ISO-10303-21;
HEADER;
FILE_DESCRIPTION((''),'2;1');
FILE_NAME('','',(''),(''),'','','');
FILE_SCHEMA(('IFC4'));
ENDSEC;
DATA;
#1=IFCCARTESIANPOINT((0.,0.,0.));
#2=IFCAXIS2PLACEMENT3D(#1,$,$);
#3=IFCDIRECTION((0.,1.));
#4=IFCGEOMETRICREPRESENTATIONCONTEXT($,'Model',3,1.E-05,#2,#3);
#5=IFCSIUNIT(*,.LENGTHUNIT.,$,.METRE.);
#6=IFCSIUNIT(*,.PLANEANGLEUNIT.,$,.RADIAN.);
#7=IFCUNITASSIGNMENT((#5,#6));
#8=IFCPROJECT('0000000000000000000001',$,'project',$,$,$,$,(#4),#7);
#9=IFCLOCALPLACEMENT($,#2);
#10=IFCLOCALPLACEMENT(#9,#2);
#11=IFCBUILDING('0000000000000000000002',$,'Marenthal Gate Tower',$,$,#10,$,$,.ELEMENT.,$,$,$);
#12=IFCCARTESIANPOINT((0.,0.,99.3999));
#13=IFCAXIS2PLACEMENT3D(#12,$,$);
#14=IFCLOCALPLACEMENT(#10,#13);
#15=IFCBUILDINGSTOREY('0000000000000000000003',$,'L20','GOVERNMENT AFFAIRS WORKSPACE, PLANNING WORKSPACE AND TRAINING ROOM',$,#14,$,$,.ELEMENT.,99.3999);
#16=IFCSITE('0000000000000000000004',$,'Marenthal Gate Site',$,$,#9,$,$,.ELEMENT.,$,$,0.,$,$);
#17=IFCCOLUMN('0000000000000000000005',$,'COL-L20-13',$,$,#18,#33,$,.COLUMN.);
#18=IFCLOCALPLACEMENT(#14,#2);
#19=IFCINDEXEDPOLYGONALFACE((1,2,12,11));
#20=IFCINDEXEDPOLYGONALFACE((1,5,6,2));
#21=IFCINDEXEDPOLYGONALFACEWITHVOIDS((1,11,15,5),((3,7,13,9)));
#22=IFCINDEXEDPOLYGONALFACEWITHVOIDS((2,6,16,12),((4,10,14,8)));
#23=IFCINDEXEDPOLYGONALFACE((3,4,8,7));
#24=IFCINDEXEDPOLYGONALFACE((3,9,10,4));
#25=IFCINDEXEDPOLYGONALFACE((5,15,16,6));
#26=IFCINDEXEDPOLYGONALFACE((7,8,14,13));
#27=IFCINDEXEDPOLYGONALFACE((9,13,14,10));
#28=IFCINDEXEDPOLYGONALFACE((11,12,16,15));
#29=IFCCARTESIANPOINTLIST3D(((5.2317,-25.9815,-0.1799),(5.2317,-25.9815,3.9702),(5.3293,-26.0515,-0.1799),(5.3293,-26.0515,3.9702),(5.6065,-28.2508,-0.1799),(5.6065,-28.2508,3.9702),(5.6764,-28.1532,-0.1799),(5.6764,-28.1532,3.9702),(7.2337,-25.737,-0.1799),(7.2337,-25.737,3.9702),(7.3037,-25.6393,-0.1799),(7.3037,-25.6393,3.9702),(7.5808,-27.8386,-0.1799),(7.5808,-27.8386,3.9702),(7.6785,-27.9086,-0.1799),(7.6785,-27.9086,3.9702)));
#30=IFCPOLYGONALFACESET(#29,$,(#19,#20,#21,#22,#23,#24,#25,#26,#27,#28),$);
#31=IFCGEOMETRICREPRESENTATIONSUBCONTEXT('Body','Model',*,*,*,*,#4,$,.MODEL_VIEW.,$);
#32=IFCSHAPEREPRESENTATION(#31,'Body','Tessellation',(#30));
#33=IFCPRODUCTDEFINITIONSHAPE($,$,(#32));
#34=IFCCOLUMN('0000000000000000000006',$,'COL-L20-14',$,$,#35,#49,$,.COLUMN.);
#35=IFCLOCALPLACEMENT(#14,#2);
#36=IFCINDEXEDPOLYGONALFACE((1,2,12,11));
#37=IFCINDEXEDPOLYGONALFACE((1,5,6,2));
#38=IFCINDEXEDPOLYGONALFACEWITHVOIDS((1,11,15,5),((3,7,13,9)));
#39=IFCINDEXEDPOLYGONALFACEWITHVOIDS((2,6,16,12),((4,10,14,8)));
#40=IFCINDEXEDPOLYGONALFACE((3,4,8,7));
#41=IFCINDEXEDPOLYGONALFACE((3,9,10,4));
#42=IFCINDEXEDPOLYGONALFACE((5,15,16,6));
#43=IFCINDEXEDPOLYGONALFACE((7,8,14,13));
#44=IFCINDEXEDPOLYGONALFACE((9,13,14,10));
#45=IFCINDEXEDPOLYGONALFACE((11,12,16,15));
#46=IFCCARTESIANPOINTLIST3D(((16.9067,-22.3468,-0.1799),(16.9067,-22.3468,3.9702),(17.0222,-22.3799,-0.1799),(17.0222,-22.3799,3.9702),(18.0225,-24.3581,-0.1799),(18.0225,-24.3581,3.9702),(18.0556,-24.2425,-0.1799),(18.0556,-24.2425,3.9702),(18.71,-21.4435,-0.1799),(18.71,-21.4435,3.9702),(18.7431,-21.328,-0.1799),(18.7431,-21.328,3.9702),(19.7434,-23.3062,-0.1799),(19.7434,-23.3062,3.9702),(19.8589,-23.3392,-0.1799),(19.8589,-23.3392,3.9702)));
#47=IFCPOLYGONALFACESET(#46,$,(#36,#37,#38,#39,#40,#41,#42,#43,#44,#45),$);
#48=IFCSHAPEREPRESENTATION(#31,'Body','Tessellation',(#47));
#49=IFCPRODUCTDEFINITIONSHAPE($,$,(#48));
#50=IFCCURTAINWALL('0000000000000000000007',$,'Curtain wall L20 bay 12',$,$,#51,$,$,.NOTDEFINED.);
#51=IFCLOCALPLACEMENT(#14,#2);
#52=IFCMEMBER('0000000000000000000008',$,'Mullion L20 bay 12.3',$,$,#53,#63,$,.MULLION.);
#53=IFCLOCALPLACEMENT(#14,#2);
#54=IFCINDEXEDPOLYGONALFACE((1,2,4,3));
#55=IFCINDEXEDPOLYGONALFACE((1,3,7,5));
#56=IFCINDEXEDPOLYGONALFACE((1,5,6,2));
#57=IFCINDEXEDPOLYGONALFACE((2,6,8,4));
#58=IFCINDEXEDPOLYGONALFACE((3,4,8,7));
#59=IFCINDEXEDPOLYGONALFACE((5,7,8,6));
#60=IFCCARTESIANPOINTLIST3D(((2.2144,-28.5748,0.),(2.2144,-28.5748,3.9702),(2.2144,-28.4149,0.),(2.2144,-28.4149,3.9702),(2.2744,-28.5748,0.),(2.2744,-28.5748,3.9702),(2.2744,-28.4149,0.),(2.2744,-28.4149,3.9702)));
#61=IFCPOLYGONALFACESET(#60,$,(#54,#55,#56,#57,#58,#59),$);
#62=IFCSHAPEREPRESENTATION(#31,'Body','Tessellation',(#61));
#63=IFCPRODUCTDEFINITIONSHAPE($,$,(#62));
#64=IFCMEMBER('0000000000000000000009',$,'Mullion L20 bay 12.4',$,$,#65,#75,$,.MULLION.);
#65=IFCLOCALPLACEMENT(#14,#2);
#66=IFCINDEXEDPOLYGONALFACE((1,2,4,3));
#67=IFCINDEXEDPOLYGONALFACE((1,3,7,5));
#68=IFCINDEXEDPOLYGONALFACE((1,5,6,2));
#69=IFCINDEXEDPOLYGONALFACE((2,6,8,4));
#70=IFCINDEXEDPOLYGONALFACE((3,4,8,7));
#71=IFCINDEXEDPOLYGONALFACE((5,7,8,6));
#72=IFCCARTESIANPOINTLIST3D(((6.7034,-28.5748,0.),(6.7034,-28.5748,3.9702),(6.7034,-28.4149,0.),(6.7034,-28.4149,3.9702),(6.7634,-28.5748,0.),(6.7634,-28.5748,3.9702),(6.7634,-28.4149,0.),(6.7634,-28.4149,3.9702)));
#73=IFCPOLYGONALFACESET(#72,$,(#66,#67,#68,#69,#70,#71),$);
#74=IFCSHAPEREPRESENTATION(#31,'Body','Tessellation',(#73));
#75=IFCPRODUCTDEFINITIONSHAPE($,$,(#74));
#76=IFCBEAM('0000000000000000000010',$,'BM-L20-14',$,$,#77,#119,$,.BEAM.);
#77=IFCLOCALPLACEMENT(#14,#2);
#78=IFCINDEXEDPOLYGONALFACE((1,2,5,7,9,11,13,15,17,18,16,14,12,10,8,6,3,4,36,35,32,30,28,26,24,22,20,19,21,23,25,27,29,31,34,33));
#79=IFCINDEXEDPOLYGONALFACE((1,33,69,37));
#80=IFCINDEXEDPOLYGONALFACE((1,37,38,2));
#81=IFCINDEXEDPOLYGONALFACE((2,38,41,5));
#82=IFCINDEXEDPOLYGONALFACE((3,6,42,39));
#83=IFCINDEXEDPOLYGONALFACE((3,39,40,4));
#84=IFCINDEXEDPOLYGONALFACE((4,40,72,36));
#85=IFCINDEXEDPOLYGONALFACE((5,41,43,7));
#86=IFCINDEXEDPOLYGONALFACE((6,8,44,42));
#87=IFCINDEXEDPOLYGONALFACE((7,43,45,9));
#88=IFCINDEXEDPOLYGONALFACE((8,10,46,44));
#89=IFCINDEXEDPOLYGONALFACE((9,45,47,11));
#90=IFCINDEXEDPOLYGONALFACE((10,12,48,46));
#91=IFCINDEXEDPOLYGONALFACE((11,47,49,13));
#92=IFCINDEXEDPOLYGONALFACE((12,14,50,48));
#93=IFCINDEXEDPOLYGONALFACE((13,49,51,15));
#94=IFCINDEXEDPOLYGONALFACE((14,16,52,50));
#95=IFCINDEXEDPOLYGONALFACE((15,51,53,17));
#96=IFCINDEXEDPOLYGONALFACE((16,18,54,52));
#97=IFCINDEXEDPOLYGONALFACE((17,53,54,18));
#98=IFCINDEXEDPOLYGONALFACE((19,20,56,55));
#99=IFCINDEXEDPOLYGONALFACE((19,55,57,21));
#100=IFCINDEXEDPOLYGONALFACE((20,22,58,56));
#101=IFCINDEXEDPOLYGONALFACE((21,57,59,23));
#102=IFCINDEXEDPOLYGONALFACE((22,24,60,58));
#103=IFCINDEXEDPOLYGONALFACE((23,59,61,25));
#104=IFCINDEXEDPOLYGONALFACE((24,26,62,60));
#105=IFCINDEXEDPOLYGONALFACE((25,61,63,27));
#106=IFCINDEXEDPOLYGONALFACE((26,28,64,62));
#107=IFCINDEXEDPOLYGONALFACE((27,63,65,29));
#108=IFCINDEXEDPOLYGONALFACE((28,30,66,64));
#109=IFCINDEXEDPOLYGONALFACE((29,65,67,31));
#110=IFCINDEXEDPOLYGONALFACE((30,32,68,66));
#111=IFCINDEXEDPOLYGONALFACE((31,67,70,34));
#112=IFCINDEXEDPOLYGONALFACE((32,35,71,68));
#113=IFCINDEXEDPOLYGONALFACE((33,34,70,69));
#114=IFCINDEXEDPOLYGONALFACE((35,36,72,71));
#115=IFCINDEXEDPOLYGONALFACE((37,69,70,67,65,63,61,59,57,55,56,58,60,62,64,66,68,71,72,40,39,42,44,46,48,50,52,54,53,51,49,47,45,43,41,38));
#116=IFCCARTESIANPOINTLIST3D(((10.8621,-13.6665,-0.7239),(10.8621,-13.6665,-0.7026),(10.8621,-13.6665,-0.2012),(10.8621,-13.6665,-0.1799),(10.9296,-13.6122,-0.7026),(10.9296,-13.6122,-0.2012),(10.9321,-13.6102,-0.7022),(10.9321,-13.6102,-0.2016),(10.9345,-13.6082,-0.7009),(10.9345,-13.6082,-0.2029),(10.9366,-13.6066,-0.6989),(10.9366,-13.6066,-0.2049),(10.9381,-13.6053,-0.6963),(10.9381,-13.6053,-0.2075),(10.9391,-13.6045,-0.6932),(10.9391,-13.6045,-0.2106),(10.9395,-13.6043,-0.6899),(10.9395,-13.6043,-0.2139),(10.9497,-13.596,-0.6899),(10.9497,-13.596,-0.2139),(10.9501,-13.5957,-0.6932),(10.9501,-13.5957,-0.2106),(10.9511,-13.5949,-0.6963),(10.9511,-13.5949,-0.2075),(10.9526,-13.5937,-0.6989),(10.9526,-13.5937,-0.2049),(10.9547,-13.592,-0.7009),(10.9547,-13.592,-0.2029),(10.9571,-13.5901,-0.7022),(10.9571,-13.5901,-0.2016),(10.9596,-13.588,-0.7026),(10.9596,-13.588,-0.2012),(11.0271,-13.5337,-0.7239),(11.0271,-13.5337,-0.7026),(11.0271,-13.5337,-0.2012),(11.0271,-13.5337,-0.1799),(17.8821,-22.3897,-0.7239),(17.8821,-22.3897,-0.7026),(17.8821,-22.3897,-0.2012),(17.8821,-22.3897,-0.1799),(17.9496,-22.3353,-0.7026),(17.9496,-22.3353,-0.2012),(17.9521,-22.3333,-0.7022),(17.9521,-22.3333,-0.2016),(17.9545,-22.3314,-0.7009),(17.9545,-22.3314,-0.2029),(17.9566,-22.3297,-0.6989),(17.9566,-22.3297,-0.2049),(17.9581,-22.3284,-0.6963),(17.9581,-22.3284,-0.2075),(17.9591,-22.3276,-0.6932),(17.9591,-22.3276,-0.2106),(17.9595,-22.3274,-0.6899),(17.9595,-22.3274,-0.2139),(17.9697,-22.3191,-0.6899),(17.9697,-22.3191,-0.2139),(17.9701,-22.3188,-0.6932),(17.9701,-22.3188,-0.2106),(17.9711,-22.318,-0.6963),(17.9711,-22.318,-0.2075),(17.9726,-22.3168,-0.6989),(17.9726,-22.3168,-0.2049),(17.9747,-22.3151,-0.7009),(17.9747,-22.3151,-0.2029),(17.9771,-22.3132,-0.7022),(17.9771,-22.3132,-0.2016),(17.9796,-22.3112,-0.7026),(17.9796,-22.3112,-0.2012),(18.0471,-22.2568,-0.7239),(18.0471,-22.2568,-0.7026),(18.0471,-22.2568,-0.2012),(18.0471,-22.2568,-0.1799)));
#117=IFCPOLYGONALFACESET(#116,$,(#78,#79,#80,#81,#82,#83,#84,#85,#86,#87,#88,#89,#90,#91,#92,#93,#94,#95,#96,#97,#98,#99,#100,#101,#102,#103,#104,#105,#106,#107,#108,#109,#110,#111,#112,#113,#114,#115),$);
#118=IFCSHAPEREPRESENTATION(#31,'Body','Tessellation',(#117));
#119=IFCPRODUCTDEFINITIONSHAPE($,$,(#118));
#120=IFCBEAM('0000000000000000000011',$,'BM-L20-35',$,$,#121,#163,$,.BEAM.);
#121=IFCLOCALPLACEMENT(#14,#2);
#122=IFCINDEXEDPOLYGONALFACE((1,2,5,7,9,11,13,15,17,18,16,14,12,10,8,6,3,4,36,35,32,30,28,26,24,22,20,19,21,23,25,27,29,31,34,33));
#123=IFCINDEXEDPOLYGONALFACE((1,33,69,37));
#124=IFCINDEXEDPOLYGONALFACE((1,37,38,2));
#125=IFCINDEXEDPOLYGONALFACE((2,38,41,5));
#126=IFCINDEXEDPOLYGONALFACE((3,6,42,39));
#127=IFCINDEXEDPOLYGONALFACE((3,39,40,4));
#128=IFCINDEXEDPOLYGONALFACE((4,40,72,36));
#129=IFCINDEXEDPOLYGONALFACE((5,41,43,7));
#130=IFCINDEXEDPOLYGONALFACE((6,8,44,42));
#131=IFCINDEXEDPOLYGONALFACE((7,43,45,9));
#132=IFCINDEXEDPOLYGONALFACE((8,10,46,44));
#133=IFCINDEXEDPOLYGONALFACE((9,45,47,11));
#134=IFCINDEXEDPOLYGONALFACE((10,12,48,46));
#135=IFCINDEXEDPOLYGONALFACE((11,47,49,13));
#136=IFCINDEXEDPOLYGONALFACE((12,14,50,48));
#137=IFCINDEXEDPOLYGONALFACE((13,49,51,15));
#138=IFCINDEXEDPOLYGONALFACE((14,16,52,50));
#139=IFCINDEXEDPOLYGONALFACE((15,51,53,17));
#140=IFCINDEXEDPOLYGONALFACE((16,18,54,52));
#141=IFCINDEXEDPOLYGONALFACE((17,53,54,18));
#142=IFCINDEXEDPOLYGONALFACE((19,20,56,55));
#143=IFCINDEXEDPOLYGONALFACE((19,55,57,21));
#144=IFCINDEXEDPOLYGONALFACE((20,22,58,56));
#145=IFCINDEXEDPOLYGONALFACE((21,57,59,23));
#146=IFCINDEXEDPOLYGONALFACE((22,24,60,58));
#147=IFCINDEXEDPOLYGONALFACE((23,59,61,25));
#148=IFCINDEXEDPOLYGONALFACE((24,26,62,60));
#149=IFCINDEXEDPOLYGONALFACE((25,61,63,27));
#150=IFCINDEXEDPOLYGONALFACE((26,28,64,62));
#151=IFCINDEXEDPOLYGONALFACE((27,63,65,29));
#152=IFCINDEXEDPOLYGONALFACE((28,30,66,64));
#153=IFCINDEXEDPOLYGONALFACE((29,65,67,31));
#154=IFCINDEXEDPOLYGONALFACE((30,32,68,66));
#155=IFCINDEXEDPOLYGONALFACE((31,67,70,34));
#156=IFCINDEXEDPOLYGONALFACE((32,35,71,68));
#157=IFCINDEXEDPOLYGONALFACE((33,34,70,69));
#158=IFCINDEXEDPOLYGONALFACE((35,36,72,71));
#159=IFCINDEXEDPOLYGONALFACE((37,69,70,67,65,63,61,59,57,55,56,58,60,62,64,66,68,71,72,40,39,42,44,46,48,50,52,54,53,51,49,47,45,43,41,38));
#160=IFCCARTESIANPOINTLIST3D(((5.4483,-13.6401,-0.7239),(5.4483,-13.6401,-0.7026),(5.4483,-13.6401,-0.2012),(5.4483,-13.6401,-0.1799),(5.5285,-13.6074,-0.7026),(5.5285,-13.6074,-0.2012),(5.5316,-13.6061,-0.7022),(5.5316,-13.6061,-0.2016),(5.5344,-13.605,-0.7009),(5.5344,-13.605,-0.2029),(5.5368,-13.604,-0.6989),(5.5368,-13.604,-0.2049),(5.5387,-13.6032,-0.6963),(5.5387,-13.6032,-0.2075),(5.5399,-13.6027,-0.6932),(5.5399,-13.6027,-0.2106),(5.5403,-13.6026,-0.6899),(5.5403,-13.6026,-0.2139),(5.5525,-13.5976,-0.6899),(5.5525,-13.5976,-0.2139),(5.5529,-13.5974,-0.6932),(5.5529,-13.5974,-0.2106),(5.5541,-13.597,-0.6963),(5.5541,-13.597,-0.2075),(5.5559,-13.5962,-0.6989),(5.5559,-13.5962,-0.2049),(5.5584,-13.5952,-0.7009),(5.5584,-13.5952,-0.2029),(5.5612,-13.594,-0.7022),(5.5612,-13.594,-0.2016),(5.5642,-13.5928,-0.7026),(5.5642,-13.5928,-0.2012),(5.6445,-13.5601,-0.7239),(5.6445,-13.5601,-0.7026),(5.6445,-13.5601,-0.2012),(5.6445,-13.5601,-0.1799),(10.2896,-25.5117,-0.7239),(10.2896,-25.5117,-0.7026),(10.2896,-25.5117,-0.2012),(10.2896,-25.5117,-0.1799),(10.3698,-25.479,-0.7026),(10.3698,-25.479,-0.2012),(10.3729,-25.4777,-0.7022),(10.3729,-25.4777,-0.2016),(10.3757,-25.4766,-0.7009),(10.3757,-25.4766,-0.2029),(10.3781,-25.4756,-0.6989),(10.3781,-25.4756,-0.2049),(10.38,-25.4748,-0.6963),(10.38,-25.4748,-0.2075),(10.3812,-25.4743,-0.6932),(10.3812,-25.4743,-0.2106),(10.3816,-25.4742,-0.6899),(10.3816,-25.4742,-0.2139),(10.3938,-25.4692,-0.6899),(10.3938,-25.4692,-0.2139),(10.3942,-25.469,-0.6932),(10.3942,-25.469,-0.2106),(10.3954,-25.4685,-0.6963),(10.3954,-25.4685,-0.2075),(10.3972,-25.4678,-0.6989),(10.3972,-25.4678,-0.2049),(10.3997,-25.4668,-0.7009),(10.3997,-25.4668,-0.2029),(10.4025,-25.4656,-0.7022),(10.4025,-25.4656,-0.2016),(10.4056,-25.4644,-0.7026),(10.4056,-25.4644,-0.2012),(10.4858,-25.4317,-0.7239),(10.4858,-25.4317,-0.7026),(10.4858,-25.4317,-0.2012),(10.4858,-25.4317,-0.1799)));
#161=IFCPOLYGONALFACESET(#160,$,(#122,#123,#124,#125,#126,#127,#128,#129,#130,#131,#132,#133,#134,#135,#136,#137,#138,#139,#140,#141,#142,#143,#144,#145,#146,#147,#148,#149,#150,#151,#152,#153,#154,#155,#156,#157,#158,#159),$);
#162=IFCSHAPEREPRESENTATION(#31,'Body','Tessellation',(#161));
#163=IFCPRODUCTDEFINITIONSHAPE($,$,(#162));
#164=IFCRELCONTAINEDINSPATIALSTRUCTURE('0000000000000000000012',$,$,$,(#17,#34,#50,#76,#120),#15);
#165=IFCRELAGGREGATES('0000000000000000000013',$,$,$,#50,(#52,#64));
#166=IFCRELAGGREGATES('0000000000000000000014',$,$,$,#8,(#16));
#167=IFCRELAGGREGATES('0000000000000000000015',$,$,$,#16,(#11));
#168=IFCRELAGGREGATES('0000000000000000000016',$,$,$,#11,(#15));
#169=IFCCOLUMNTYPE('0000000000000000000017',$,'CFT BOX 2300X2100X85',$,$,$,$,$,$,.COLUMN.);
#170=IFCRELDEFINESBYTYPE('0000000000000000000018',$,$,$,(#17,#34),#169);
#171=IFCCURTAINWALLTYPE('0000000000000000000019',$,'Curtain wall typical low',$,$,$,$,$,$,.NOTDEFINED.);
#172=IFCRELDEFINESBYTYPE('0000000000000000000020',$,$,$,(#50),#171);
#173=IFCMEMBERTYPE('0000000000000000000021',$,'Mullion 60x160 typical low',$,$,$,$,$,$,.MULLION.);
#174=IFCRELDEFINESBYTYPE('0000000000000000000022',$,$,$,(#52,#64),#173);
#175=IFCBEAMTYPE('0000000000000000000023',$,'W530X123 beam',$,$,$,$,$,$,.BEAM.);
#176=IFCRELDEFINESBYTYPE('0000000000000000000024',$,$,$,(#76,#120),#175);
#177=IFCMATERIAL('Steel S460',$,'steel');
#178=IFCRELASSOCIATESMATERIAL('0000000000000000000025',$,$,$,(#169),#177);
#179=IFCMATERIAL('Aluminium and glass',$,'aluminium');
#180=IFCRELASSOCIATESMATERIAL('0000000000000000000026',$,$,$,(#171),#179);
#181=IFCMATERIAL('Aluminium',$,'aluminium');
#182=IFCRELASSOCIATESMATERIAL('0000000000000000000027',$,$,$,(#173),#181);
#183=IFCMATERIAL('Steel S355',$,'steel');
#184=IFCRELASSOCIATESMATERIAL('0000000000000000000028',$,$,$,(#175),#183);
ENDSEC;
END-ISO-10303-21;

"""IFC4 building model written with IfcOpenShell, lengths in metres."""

from ifc_helpers import new_model, si_unit, direction, frame, origin, origin_2d, place, context, subcontext, project, spatial, rectangle, hollow_rectangle, i_section, extrude, material, material_profile, profile_set, type_object, element, aggregate, save


model = new_model("IFC4")

# Units and contexts
model_context = context("Model", 3, precision=1e-05, world=origin(), true_north=direction((0.0, 1.0)))
body_context = subcontext(model_context, "Body", "Model", "MODEL_VIEW")
ifc_project = project(units=[si_unit("LENGTHUNIT", "METRE"), si_unit("PLANEANGLEUNIT", "RADIAN")], contexts=[model_context])

# Site, building, storey
site_placement = place(None, origin())
site = spatial("IfcSite", under=ifc_project, at=site_placement, Name="Marenthal Gate Site", CompositionType="ELEMENT", RefElevation=0.0)
building_placement = place(site_placement, origin())
building = spatial("IfcBuilding", under=site, at=building_placement, Name="Marenthal Gate Tower", CompositionType="ELEMENT")
storey_placement = place(building_placement, frame((0.0, 0.0, 99.3999)))
storey = spatial("IfcBuildingStorey", under=building, at=storey_placement, Name="L20", Description="GOVERNMENT AFFAIRS WORKSPACE, PLANNING WORKSPACE AND TRAINING ROOM", CompositionType="ELEMENT", Elevation=99.3999)

# Columns
ifc_material_1 = material(Name="Steel S460", Category="steel")
ifc_material_profile_1 = material_profile(ifc_material_1, hollow_rectangle(XDim=2.1001, YDim=2.3, WallThickness=0.085, at=origin_2d()), Name="CFT BOX 2300X2100X85")
ifc_material_2 = material(Name="Concrete 70 MPa", Category="concrete")
ifc_material_profile_2 = material_profile(ifc_material_2, rectangle(XDim=1.9299, YDim=2.1299, at=origin_2d()), Name="CFT BOX 2300X2100X85 INFILL")
ifc_profile_set_1 = profile_set([ifc_material_profile_1, ifc_material_profile_2], Name="Steel S460 shell, Concrete 70 MPa infill")
column_type = type_object("IfcColumnType", Name="CFT BOX 2300X2100X85", PredefinedType="COLUMN", material=ifc_profile_set_1)
for number, where, z_axis, x_axis, name in (
    (1, (6.4551, -26.9451, -0.1799), (0.0, 0.0, 1.0), (-0.986635, -0.162949, 0.0), "COL-L20-13"),
    (2, (18.3828, -22.843, -0.1799), (0.0, 0.0, 1.0), (-0.874442, -0.48513, 0.0), "COL-L20-14"),
):
    element("IfcColumn", number, at=place(storey_placement, frame(where, z_axis=z_axis, x_axis=x_axis)), inside=storey, type_object=column_type, Name=name, PredefinedType="COLUMN", context=body_context, shape_type="SweptSolid", body=[
        extrude(hollow_rectangle(XDim=2.1001, YDim=2.3, WallThickness=0.085, at=origin_2d()), origin(), (0.0, 0.0, 1.0), 4.1501),
    ])

# Curtain wall, members
ifc_material_3 = material(Name="Aluminium and glass", Category="aluminium")
curtain_wall_type = type_object("IfcCurtainWallType", Name="Curtain wall typical low", PredefinedType="NOTDEFINED", material=ifc_material_3)
curtain_wall_placement = place(storey_placement, origin())
curtain_wall = element("IfcCurtainWall", 3, at=curtain_wall_placement, inside=storey, type_object=curtain_wall_type, Name="Curtain wall L20 bay 12", PredefinedType="NOTDEFINED")
ifc_material_4 = material(Name="Aluminium", Category="aluminium")
ifc_material_profile_3 = material_profile(ifc_material_4, rectangle(XDim=0.1599, YDim=0.0601, at=origin_2d()), Name="60x160 aluminium mullion")
ifc_profile_set_2 = profile_set([ifc_material_profile_3], Name="Aluminium")
member_type = type_object("IfcMemberType", Name="Mullion 60x160 typical low", PredefinedType="MULLION", material=ifc_profile_set_2)
member_1_placement = place(storey_placement, frame((2.2444, -28.4949, 0.0), z_axis=(0.0, 0.0, 1.0), x_axis=(0.0, 1.0, 0.0)))
member_1 = element("IfcMember", 4, at=member_1_placement, type_object=member_type, Name="Mullion L20 bay 12.3", PredefinedType="MULLION", context=body_context, shape_type="SweptSolid", body=[
    extrude(rectangle(XDim=0.1599, YDim=0.0601, at=origin_2d()), origin(), (0.0, 0.0, 1.0), 3.9702),
])
member_2_placement = place(storey_placement, frame((6.7334, -28.4949, 0.0), z_axis=(0.0, 0.0, 1.0), x_axis=(0.0, 1.0, 0.0)))
member_2 = element("IfcMember", 5, at=member_2_placement, type_object=member_type, Name="Mullion L20 bay 12.4", PredefinedType="MULLION", context=body_context, shape_type="SweptSolid", body=[
    extrude(rectangle(XDim=0.1599, YDim=0.0601, at=origin_2d()), origin(), (0.0, 0.0, 1.0), 3.9702),
])

# Beams
ifc_material_5 = material(Name="Steel S355", Category="steel")
ifc_material_profile_4 = material_profile(ifc_material_5, i_section(OverallWidth=0.2119, OverallDepth=0.5439, WebThickness=0.0132, FlangeThickness=0.0212, FilletRadius=0.0127, at=origin_2d()), Name="W530X123")
ifc_profile_set_3 = profile_set([ifc_material_profile_4], Name="Steel S355")
beam_type_1 = type_object("IfcBeamType", Name="W530X123 beam", PredefinedType="BEAM", material=ifc_profile_set_3)
beam_1_placement = place(storey_placement, frame((17.9646, -22.3232, -0.4519), z_axis=(-0.626953, 0.779057, 0.0), x_axis=(-0.779057, -0.626953, 0.0)))
element("IfcBeam", 6, at=beam_1_placement, inside=storey, type_object=beam_type_1, Name="BM-L20-14", PredefinedType="BEAM", context=body_context, shape_type="SweptSolid", body=[
    extrude(i_section(OverallWidth=0.2119, OverallDepth=0.5439, WebThickness=0.0132, FlangeThickness=0.0212, FilletRadius=0.0127, at=origin_2d()), origin(), (0.0, 0.0, 1.0), 11.197),
])
beam_2_placement = place(storey_placement, frame((10.3877, -25.4717, -0.4519), z_axis=(-0.377614, 0.925963, 0.0), x_axis=(-0.925963, -0.377614, 0.0)))
element("IfcBeam", 7, at=beam_2_placement, inside=storey, type_object=beam_type_1, Name="BM-L20-35", PredefinedType="BEAM", context=body_context, shape_type="SweptSolid", body=[
    extrude(i_section(OverallWidth=0.2119, OverallDepth=0.5439, WebThickness=0.0132, FlangeThickness=0.0212, FilletRadius=0.0127, at=origin_2d()), origin(), (0.0, 0.0, 1.0), 12.8208),
])

aggregate(curtain_wall, [member_1, member_2])

save(model, "model.ifc")
